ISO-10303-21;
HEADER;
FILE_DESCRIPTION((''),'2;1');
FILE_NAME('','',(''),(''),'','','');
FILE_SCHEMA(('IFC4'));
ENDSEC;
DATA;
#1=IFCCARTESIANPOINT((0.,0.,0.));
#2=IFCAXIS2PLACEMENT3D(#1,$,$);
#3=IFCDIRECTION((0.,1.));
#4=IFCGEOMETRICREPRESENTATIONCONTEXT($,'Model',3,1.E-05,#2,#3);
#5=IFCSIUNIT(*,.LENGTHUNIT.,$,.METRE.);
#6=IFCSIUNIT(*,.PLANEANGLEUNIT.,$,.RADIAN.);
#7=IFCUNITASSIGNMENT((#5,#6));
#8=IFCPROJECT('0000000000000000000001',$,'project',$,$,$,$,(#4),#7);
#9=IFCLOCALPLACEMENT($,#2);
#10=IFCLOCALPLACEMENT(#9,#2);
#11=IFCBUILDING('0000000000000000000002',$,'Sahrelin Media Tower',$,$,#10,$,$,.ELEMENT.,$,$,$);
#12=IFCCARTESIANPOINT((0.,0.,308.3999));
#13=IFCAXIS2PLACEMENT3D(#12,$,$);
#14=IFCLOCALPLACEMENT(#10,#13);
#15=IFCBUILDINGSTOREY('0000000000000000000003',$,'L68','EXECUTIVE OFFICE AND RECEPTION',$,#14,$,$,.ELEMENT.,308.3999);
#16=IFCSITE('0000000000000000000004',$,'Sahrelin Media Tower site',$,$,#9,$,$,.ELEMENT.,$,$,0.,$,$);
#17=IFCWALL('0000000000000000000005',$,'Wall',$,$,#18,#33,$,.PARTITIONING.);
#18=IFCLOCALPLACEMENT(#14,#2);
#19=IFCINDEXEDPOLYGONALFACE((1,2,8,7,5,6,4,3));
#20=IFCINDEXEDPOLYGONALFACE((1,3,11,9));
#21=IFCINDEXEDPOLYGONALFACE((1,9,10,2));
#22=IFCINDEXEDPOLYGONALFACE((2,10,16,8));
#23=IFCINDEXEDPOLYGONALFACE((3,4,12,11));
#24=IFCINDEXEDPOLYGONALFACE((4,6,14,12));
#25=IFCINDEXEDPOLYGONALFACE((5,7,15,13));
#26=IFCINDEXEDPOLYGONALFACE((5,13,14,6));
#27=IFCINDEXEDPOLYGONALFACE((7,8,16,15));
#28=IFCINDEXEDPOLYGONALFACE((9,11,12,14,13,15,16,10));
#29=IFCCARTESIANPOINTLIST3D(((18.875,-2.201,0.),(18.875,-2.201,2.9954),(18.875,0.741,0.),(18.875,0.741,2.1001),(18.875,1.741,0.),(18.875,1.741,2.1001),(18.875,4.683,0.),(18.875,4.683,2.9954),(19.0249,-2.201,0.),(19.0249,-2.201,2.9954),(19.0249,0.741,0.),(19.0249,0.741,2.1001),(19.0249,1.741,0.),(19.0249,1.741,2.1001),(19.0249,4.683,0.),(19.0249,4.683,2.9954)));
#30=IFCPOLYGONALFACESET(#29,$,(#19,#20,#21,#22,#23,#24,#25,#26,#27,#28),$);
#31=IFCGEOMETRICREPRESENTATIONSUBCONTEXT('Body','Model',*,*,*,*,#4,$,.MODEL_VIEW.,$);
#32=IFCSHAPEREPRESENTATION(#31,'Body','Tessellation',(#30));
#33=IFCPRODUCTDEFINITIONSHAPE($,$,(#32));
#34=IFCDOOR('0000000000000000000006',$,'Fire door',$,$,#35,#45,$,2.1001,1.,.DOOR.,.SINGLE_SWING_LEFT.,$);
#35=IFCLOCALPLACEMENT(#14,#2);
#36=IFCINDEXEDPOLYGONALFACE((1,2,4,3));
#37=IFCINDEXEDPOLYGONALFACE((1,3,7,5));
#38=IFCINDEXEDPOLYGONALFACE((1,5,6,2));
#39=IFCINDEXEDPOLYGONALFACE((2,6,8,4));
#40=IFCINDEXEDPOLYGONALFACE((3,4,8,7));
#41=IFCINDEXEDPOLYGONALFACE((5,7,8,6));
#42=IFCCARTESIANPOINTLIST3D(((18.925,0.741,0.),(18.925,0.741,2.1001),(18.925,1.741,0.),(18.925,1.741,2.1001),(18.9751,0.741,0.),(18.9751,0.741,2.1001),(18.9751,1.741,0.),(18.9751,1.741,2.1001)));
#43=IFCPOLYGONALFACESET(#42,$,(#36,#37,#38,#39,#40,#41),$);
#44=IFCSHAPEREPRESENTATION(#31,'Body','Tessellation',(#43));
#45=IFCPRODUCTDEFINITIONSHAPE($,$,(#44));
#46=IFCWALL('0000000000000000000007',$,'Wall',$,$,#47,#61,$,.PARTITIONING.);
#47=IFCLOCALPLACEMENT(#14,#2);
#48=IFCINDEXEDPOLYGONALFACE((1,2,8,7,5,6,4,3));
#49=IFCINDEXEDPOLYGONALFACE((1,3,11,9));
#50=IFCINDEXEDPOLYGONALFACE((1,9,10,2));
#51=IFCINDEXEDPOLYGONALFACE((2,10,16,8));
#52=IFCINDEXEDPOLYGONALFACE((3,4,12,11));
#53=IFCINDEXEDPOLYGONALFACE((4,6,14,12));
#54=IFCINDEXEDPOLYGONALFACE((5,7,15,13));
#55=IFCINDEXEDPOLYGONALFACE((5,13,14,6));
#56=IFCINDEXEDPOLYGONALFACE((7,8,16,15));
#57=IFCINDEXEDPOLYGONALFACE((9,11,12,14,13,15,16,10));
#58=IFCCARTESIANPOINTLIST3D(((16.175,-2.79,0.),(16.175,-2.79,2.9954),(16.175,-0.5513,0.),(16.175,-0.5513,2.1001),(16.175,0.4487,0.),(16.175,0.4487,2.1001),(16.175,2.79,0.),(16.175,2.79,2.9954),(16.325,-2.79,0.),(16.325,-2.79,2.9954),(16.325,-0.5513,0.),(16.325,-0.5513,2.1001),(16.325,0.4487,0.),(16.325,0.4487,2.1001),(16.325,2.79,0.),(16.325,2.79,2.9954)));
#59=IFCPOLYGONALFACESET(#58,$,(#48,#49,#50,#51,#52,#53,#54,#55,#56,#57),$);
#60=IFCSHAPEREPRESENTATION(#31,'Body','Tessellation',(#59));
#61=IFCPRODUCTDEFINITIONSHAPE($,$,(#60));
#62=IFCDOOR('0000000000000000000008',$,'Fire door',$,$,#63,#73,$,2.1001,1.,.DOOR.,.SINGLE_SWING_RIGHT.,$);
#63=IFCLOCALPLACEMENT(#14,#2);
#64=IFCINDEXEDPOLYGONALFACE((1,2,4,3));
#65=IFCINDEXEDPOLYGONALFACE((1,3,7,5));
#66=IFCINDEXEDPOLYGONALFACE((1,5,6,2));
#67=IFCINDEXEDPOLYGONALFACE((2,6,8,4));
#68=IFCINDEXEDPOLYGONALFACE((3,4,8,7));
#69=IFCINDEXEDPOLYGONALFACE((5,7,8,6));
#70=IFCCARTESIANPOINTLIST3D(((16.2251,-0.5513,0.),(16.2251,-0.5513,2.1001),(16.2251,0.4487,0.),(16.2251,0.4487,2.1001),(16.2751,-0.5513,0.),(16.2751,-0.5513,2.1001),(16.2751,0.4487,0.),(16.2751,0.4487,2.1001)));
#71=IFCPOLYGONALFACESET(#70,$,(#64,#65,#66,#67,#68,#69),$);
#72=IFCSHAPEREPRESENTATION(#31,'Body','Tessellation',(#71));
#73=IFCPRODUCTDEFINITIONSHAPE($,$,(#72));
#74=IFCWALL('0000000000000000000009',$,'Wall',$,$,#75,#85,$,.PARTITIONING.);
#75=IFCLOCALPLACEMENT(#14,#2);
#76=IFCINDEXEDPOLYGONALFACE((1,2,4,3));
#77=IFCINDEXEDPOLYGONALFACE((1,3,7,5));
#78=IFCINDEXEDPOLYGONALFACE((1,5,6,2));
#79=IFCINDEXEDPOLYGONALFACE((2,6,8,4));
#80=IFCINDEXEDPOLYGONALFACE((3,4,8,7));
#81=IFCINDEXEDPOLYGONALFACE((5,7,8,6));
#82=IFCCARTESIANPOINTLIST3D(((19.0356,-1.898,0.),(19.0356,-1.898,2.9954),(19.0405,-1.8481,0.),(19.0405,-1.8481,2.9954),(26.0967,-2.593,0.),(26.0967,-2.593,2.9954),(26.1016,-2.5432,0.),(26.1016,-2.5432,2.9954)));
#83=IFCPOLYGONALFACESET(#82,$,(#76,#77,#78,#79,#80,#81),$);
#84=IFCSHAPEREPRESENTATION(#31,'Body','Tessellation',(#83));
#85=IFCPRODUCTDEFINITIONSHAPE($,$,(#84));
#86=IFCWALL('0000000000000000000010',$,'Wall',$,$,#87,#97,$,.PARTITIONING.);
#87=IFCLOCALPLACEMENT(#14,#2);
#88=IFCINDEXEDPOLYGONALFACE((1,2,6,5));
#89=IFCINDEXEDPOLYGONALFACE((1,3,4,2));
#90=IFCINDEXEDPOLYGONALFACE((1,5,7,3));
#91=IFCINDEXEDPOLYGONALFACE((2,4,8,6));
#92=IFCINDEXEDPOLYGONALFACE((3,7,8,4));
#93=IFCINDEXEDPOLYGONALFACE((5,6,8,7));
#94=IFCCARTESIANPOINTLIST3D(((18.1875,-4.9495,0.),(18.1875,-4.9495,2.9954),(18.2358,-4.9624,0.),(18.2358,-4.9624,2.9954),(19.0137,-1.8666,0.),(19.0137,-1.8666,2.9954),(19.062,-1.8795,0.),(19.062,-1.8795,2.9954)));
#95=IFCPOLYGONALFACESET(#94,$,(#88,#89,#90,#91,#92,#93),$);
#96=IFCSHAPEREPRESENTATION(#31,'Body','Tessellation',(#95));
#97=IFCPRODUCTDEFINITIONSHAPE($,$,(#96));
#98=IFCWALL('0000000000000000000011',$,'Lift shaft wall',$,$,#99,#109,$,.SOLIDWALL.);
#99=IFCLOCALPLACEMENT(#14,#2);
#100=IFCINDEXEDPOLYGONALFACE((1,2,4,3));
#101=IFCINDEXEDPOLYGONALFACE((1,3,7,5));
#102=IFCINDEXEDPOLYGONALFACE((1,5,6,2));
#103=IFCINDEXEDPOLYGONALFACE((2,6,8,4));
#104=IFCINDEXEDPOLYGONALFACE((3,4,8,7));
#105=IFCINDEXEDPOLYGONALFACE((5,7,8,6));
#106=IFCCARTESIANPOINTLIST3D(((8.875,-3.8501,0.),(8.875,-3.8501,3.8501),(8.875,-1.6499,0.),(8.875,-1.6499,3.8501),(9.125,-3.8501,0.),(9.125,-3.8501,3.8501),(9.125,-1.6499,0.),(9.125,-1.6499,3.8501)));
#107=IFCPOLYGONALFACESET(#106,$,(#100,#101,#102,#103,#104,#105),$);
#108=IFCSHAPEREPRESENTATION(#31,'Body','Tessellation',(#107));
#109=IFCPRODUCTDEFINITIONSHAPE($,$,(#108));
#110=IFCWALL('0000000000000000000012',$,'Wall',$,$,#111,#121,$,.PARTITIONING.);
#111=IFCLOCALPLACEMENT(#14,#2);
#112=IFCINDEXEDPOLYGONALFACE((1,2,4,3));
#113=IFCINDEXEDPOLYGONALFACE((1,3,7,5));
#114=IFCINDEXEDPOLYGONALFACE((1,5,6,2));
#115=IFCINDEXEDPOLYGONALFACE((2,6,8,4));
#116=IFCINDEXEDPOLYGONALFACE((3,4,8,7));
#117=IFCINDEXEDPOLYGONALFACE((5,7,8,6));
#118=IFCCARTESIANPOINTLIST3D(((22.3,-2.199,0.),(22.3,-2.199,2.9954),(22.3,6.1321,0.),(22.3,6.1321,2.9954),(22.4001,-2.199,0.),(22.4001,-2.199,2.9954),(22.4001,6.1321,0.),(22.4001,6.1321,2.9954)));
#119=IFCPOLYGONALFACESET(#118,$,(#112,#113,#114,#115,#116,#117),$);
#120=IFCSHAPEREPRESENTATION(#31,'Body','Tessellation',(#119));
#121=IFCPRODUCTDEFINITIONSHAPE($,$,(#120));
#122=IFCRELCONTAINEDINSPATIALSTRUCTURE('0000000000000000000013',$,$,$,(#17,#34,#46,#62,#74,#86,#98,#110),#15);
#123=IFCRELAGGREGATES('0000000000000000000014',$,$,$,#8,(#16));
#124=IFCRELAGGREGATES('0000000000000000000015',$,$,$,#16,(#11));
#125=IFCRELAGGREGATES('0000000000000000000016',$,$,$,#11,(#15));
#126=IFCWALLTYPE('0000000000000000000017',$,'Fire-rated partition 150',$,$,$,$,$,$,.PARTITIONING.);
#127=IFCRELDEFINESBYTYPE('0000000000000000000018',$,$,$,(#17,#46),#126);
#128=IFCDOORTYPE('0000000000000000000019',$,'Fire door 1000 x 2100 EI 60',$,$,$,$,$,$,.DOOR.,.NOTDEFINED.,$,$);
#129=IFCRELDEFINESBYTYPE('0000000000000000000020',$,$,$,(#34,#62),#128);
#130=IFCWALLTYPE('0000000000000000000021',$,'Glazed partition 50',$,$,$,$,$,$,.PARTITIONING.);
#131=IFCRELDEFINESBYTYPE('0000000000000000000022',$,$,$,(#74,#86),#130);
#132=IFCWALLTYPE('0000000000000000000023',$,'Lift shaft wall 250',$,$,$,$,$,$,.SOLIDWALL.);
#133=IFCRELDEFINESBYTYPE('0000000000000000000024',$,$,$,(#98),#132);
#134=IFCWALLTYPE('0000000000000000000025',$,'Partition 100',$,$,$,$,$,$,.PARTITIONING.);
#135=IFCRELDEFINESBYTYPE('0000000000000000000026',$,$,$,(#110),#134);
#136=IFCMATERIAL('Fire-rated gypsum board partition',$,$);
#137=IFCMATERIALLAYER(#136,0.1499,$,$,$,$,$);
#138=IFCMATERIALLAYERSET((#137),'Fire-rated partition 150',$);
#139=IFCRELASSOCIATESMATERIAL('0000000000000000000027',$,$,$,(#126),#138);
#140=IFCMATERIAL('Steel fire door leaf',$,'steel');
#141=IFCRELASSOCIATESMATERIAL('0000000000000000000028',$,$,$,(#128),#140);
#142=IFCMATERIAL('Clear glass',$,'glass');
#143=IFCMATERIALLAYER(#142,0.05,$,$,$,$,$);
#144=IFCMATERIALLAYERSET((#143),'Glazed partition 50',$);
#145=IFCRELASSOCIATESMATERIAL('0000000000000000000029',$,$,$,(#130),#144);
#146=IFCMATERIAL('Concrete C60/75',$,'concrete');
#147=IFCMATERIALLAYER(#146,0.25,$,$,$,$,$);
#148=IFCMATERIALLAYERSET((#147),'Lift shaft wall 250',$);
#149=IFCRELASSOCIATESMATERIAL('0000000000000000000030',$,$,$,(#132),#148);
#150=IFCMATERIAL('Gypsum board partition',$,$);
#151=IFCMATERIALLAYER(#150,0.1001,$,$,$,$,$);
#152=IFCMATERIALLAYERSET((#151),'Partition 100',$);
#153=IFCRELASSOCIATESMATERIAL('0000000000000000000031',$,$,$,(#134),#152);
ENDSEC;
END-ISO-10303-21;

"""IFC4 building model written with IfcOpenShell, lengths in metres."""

from ifc_helpers import new_model, si_unit, direction, frame, frame_2d, origin, place, context, subcontext, project, spatial, rectangle, extrude, material, layer, layer_set, type_object, element, fill, save


model = new_model("IFC4")

# Units and contexts
model_context = context("Model", 3, precision=1e-05, world=origin(), true_north=direction((0.0, 1.0)))
body_context = subcontext(model_context, "Body", "Model", "MODEL_VIEW")
ifc_project = project(units=[si_unit("LENGTHUNIT", "METRE"), si_unit("PLANEANGLEUNIT", "RADIAN")], contexts=[model_context])

# Site, building, storey
site_placement = place(None, origin())
site = spatial("IfcSite", under=ifc_project, at=site_placement, Name="Sahrelin Media Tower site", CompositionType="ELEMENT", RefElevation=0.0)
building_placement = place(site_placement, origin())
building = spatial("IfcBuilding", under=site, at=building_placement, Name="Sahrelin Media Tower", CompositionType="ELEMENT")
storey_placement = place(building_placement, frame((0.0, 0.0, 308.3999)))
storey = spatial("IfcBuildingStorey", under=building, at=storey_placement, Name="L68", Description="EXECUTIVE OFFICE AND RECEPTION", CompositionType="ELEMENT", Elevation=308.3999)

# Shared definitions
ifc_material_1 = material(Name="Fire-rated gypsum board partition")
ifc_layer_1 = layer(ifc_material_1, 0.1499)
ifc_layer_set_1 = layer_set([ifc_layer_1], Name="Fire-rated partition 150")
wall_type_1 = type_object("IfcWallType", Name="Fire-rated partition 150", PredefinedType="PARTITIONING", material=ifc_layer_set_1)

# Walls, openings, doors
wall_1_placement = place(storey_placement, frame((18.95, -2.2009, 0.0), z_axis=(0.0, 0.0, 1.0), x_axis=(0.0, 1.0, 0.0)))
wall_1 = element("IfcWall", 1, at=wall_1_placement, inside=storey, type_object=wall_type_1, Name="Wall", PredefinedType="PARTITIONING", context=body_context, shape_type="SweptSolid", body=[
    extrude(rectangle(XDim=6.884, YDim=0.1499, at=frame_2d((3.4419, 0.0))), origin(), (0.0, 0.0, 1.0), 2.9954),
])
opening_1_placement = place(wall_1_placement, frame((2.9419, 0.0, 0.0)))
opening_1 = element("IfcOpeningElement", 2, at=opening_1_placement, cuts=wall_1, PredefinedType="OPENING", context=body_context, shape_type="SweptSolid", body=[
    extrude(rectangle(XDim=1.0, YDim=2.1001, at=frame_2d((0.5, 1.05))), frame((0.0, 0.075, 0.0), z_axis=(0.0, -1.0, 0.0), x_axis=(1.0, 0.0, 0.0)), (0.0, 0.0, 1.0), 0.1499),
])
ifc_material_2 = material(Name="Steel fire door leaf", Category="steel")
door_type = type_object("IfcDoorType", Name="Fire door 1000 x 2100 EI 60", OperationType="NOTDEFINED", PredefinedType="DOOR", material=ifc_material_2)
door_1_placement = place(opening_1_placement, origin())
door_1 = element("IfcDoor", 3, at=door_1_placement, inside=storey, type_object=door_type, Name="Fire door", OperationType="SINGLE_SWING_LEFT", OverallHeight=2.1001, OverallWidth=1.0, PredefinedType="DOOR", context=body_context, shape_type="SweptSolid", body=[
    extrude(rectangle(XDim=1.0, YDim=2.1001, at=frame_2d((0.5, 1.05))), frame((0.0, 0.0249, 0.0), z_axis=(0.0, -1.0, 0.0), x_axis=(1.0, 0.0, 0.0)), (0.0, 0.0, 1.0), 0.05),
])
fill(opening_1, door_1)
wall_2_placement = place(storey_placement, frame((16.25, -2.79, 0.0), z_axis=(0.0, 0.0, 1.0), x_axis=(0.0, 1.0, 0.0)))
wall_2 = element("IfcWall", 4, at=wall_2_placement, inside=storey, type_object=wall_type_1, Name="Wall", PredefinedType="PARTITIONING", context=body_context, shape_type="SweptSolid", body=[
    extrude(rectangle(XDim=5.5801, YDim=0.1499, at=frame_2d((2.79, 0.0))), origin(), (0.0, 0.0, 1.0), 2.9954),
])
opening_2_placement = place(wall_2_placement, frame((2.2388, 0.0, 0.0)))
opening_2 = element("IfcOpeningElement", 5, at=opening_2_placement, cuts=wall_2, PredefinedType="OPENING", context=body_context, shape_type="SweptSolid", body=[
    extrude(rectangle(XDim=1.0, YDim=2.1001, at=frame_2d((0.5, 1.05))), frame((0.0, 0.075, 0.0), z_axis=(0.0, -1.0, 0.0), x_axis=(1.0, 0.0, 0.0)), (0.0, 0.0, 1.0), 0.1499),
])
door_2_placement = place(opening_2_placement, origin())
door_2 = element("IfcDoor", 6, at=door_2_placement, inside=storey, type_object=door_type, Name="Fire door", OperationType="SINGLE_SWING_RIGHT", OverallHeight=2.1001, OverallWidth=1.0, PredefinedType="DOOR", context=body_context, shape_type="SweptSolid", body=[
    extrude(rectangle(XDim=1.0, YDim=2.1001, at=frame_2d((0.5, 1.05))), frame((0.0, 0.0249, 0.0), z_axis=(0.0, -1.0, 0.0), x_axis=(1.0, 0.0, 0.0)), (0.0, 0.0, 1.0), 0.05),
])
fill(opening_2, door_2)

# Walls
ifc_material_3 = material(Name="Clear glass", Category="glass")
ifc_layer_2 = layer(ifc_material_3, 0.05)
ifc_layer_set_2 = layer_set([ifc_layer_2], Name="Glazed partition 50")
wall_type_2 = type_object("IfcWallType", Name="Glazed partition 50", PredefinedType="PARTITIONING", material=ifc_layer_set_2)
wall_3_placement = place(storey_placement, frame((19.0381, -1.873, 0.0), z_axis=(0.0, 0.0, 1.0), x_axis=(0.99519, -0.097964, 0.0)))
element("IfcWall", 7, at=wall_3_placement, inside=storey, type_object=wall_type_2, Name="Wall", PredefinedType="PARTITIONING", context=body_context, shape_type="SweptSolid", body=[
    extrude(rectangle(XDim=7.0952, YDim=0.05, at=frame_2d((3.5476, 0.0))), origin(), (0.0, 0.0, 1.0), 2.9954),
])
wall_4_placement = place(storey_placement, frame((18.2117, -4.9558, 0.0), z_axis=(0.0, 0.0, 1.0), x_axis=(0.258862, 0.965914, 0.0)))
element("IfcWall", 8, at=wall_4_placement, inside=storey, type_object=wall_type_2, Name="Wall", PredefinedType="PARTITIONING", context=body_context, shape_type="SweptSolid", body=[
    extrude(rectangle(XDim=3.1917, YDim=0.05, at=frame_2d((1.5957, 0.0))), origin(), (0.0, 0.0, 1.0), 2.9954),
])
ifc_material_4 = material(Name="Concrete C60/75", Category="concrete")
ifc_layer_3 = layer(ifc_material_4, 0.25)
ifc_layer_set_3 = layer_set([ifc_layer_3], Name="Lift shaft wall 250")
wall_type_3 = type_object("IfcWallType", Name="Lift shaft wall 250", PredefinedType="SOLIDWALL", material=ifc_layer_set_3)
wall_5_placement = place(storey_placement, frame((9.0, -3.8501, 0.0), z_axis=(0.0, 0.0, 1.0), x_axis=(0.0, 1.0, 0.0)))
element("IfcWall", 9, at=wall_5_placement, inside=storey, type_object=wall_type_3, Name="Lift shaft wall", PredefinedType="SOLIDWALL", context=body_context, shape_type="SweptSolid", body=[
    extrude(rectangle(XDim=2.2002, YDim=0.25, at=frame_2d((1.1001, 0.0))), origin(), (0.0, 0.0, 1.0), 3.8501),
])
ifc_material_5 = material(Name="Gypsum board partition")
ifc_layer_4 = layer(ifc_material_5, 0.1001)
ifc_layer_set_4 = layer_set([ifc_layer_4], Name="Partition 100")
wall_type_4 = type_object("IfcWallType", Name="Partition 100", PredefinedType="PARTITIONING", material=ifc_layer_set_4)
wall_6_placement = place(storey_placement, frame((22.3501, -2.199, 0.0), z_axis=(0.0, 0.0, 1.0), x_axis=(0.0, 1.0, 0.0)))
element("IfcWall", 10, at=wall_6_placement, inside=storey, type_object=wall_type_4, Name="Wall", PredefinedType="PARTITIONING", context=body_context, shape_type="SweptSolid", body=[
    extrude(rectangle(XDim=8.3311, YDim=0.1001, at=frame_2d((4.1655, 0.0))), origin(), (0.0, 0.0, 1.0), 2.9954),
])

save(model, "model.ifc")
